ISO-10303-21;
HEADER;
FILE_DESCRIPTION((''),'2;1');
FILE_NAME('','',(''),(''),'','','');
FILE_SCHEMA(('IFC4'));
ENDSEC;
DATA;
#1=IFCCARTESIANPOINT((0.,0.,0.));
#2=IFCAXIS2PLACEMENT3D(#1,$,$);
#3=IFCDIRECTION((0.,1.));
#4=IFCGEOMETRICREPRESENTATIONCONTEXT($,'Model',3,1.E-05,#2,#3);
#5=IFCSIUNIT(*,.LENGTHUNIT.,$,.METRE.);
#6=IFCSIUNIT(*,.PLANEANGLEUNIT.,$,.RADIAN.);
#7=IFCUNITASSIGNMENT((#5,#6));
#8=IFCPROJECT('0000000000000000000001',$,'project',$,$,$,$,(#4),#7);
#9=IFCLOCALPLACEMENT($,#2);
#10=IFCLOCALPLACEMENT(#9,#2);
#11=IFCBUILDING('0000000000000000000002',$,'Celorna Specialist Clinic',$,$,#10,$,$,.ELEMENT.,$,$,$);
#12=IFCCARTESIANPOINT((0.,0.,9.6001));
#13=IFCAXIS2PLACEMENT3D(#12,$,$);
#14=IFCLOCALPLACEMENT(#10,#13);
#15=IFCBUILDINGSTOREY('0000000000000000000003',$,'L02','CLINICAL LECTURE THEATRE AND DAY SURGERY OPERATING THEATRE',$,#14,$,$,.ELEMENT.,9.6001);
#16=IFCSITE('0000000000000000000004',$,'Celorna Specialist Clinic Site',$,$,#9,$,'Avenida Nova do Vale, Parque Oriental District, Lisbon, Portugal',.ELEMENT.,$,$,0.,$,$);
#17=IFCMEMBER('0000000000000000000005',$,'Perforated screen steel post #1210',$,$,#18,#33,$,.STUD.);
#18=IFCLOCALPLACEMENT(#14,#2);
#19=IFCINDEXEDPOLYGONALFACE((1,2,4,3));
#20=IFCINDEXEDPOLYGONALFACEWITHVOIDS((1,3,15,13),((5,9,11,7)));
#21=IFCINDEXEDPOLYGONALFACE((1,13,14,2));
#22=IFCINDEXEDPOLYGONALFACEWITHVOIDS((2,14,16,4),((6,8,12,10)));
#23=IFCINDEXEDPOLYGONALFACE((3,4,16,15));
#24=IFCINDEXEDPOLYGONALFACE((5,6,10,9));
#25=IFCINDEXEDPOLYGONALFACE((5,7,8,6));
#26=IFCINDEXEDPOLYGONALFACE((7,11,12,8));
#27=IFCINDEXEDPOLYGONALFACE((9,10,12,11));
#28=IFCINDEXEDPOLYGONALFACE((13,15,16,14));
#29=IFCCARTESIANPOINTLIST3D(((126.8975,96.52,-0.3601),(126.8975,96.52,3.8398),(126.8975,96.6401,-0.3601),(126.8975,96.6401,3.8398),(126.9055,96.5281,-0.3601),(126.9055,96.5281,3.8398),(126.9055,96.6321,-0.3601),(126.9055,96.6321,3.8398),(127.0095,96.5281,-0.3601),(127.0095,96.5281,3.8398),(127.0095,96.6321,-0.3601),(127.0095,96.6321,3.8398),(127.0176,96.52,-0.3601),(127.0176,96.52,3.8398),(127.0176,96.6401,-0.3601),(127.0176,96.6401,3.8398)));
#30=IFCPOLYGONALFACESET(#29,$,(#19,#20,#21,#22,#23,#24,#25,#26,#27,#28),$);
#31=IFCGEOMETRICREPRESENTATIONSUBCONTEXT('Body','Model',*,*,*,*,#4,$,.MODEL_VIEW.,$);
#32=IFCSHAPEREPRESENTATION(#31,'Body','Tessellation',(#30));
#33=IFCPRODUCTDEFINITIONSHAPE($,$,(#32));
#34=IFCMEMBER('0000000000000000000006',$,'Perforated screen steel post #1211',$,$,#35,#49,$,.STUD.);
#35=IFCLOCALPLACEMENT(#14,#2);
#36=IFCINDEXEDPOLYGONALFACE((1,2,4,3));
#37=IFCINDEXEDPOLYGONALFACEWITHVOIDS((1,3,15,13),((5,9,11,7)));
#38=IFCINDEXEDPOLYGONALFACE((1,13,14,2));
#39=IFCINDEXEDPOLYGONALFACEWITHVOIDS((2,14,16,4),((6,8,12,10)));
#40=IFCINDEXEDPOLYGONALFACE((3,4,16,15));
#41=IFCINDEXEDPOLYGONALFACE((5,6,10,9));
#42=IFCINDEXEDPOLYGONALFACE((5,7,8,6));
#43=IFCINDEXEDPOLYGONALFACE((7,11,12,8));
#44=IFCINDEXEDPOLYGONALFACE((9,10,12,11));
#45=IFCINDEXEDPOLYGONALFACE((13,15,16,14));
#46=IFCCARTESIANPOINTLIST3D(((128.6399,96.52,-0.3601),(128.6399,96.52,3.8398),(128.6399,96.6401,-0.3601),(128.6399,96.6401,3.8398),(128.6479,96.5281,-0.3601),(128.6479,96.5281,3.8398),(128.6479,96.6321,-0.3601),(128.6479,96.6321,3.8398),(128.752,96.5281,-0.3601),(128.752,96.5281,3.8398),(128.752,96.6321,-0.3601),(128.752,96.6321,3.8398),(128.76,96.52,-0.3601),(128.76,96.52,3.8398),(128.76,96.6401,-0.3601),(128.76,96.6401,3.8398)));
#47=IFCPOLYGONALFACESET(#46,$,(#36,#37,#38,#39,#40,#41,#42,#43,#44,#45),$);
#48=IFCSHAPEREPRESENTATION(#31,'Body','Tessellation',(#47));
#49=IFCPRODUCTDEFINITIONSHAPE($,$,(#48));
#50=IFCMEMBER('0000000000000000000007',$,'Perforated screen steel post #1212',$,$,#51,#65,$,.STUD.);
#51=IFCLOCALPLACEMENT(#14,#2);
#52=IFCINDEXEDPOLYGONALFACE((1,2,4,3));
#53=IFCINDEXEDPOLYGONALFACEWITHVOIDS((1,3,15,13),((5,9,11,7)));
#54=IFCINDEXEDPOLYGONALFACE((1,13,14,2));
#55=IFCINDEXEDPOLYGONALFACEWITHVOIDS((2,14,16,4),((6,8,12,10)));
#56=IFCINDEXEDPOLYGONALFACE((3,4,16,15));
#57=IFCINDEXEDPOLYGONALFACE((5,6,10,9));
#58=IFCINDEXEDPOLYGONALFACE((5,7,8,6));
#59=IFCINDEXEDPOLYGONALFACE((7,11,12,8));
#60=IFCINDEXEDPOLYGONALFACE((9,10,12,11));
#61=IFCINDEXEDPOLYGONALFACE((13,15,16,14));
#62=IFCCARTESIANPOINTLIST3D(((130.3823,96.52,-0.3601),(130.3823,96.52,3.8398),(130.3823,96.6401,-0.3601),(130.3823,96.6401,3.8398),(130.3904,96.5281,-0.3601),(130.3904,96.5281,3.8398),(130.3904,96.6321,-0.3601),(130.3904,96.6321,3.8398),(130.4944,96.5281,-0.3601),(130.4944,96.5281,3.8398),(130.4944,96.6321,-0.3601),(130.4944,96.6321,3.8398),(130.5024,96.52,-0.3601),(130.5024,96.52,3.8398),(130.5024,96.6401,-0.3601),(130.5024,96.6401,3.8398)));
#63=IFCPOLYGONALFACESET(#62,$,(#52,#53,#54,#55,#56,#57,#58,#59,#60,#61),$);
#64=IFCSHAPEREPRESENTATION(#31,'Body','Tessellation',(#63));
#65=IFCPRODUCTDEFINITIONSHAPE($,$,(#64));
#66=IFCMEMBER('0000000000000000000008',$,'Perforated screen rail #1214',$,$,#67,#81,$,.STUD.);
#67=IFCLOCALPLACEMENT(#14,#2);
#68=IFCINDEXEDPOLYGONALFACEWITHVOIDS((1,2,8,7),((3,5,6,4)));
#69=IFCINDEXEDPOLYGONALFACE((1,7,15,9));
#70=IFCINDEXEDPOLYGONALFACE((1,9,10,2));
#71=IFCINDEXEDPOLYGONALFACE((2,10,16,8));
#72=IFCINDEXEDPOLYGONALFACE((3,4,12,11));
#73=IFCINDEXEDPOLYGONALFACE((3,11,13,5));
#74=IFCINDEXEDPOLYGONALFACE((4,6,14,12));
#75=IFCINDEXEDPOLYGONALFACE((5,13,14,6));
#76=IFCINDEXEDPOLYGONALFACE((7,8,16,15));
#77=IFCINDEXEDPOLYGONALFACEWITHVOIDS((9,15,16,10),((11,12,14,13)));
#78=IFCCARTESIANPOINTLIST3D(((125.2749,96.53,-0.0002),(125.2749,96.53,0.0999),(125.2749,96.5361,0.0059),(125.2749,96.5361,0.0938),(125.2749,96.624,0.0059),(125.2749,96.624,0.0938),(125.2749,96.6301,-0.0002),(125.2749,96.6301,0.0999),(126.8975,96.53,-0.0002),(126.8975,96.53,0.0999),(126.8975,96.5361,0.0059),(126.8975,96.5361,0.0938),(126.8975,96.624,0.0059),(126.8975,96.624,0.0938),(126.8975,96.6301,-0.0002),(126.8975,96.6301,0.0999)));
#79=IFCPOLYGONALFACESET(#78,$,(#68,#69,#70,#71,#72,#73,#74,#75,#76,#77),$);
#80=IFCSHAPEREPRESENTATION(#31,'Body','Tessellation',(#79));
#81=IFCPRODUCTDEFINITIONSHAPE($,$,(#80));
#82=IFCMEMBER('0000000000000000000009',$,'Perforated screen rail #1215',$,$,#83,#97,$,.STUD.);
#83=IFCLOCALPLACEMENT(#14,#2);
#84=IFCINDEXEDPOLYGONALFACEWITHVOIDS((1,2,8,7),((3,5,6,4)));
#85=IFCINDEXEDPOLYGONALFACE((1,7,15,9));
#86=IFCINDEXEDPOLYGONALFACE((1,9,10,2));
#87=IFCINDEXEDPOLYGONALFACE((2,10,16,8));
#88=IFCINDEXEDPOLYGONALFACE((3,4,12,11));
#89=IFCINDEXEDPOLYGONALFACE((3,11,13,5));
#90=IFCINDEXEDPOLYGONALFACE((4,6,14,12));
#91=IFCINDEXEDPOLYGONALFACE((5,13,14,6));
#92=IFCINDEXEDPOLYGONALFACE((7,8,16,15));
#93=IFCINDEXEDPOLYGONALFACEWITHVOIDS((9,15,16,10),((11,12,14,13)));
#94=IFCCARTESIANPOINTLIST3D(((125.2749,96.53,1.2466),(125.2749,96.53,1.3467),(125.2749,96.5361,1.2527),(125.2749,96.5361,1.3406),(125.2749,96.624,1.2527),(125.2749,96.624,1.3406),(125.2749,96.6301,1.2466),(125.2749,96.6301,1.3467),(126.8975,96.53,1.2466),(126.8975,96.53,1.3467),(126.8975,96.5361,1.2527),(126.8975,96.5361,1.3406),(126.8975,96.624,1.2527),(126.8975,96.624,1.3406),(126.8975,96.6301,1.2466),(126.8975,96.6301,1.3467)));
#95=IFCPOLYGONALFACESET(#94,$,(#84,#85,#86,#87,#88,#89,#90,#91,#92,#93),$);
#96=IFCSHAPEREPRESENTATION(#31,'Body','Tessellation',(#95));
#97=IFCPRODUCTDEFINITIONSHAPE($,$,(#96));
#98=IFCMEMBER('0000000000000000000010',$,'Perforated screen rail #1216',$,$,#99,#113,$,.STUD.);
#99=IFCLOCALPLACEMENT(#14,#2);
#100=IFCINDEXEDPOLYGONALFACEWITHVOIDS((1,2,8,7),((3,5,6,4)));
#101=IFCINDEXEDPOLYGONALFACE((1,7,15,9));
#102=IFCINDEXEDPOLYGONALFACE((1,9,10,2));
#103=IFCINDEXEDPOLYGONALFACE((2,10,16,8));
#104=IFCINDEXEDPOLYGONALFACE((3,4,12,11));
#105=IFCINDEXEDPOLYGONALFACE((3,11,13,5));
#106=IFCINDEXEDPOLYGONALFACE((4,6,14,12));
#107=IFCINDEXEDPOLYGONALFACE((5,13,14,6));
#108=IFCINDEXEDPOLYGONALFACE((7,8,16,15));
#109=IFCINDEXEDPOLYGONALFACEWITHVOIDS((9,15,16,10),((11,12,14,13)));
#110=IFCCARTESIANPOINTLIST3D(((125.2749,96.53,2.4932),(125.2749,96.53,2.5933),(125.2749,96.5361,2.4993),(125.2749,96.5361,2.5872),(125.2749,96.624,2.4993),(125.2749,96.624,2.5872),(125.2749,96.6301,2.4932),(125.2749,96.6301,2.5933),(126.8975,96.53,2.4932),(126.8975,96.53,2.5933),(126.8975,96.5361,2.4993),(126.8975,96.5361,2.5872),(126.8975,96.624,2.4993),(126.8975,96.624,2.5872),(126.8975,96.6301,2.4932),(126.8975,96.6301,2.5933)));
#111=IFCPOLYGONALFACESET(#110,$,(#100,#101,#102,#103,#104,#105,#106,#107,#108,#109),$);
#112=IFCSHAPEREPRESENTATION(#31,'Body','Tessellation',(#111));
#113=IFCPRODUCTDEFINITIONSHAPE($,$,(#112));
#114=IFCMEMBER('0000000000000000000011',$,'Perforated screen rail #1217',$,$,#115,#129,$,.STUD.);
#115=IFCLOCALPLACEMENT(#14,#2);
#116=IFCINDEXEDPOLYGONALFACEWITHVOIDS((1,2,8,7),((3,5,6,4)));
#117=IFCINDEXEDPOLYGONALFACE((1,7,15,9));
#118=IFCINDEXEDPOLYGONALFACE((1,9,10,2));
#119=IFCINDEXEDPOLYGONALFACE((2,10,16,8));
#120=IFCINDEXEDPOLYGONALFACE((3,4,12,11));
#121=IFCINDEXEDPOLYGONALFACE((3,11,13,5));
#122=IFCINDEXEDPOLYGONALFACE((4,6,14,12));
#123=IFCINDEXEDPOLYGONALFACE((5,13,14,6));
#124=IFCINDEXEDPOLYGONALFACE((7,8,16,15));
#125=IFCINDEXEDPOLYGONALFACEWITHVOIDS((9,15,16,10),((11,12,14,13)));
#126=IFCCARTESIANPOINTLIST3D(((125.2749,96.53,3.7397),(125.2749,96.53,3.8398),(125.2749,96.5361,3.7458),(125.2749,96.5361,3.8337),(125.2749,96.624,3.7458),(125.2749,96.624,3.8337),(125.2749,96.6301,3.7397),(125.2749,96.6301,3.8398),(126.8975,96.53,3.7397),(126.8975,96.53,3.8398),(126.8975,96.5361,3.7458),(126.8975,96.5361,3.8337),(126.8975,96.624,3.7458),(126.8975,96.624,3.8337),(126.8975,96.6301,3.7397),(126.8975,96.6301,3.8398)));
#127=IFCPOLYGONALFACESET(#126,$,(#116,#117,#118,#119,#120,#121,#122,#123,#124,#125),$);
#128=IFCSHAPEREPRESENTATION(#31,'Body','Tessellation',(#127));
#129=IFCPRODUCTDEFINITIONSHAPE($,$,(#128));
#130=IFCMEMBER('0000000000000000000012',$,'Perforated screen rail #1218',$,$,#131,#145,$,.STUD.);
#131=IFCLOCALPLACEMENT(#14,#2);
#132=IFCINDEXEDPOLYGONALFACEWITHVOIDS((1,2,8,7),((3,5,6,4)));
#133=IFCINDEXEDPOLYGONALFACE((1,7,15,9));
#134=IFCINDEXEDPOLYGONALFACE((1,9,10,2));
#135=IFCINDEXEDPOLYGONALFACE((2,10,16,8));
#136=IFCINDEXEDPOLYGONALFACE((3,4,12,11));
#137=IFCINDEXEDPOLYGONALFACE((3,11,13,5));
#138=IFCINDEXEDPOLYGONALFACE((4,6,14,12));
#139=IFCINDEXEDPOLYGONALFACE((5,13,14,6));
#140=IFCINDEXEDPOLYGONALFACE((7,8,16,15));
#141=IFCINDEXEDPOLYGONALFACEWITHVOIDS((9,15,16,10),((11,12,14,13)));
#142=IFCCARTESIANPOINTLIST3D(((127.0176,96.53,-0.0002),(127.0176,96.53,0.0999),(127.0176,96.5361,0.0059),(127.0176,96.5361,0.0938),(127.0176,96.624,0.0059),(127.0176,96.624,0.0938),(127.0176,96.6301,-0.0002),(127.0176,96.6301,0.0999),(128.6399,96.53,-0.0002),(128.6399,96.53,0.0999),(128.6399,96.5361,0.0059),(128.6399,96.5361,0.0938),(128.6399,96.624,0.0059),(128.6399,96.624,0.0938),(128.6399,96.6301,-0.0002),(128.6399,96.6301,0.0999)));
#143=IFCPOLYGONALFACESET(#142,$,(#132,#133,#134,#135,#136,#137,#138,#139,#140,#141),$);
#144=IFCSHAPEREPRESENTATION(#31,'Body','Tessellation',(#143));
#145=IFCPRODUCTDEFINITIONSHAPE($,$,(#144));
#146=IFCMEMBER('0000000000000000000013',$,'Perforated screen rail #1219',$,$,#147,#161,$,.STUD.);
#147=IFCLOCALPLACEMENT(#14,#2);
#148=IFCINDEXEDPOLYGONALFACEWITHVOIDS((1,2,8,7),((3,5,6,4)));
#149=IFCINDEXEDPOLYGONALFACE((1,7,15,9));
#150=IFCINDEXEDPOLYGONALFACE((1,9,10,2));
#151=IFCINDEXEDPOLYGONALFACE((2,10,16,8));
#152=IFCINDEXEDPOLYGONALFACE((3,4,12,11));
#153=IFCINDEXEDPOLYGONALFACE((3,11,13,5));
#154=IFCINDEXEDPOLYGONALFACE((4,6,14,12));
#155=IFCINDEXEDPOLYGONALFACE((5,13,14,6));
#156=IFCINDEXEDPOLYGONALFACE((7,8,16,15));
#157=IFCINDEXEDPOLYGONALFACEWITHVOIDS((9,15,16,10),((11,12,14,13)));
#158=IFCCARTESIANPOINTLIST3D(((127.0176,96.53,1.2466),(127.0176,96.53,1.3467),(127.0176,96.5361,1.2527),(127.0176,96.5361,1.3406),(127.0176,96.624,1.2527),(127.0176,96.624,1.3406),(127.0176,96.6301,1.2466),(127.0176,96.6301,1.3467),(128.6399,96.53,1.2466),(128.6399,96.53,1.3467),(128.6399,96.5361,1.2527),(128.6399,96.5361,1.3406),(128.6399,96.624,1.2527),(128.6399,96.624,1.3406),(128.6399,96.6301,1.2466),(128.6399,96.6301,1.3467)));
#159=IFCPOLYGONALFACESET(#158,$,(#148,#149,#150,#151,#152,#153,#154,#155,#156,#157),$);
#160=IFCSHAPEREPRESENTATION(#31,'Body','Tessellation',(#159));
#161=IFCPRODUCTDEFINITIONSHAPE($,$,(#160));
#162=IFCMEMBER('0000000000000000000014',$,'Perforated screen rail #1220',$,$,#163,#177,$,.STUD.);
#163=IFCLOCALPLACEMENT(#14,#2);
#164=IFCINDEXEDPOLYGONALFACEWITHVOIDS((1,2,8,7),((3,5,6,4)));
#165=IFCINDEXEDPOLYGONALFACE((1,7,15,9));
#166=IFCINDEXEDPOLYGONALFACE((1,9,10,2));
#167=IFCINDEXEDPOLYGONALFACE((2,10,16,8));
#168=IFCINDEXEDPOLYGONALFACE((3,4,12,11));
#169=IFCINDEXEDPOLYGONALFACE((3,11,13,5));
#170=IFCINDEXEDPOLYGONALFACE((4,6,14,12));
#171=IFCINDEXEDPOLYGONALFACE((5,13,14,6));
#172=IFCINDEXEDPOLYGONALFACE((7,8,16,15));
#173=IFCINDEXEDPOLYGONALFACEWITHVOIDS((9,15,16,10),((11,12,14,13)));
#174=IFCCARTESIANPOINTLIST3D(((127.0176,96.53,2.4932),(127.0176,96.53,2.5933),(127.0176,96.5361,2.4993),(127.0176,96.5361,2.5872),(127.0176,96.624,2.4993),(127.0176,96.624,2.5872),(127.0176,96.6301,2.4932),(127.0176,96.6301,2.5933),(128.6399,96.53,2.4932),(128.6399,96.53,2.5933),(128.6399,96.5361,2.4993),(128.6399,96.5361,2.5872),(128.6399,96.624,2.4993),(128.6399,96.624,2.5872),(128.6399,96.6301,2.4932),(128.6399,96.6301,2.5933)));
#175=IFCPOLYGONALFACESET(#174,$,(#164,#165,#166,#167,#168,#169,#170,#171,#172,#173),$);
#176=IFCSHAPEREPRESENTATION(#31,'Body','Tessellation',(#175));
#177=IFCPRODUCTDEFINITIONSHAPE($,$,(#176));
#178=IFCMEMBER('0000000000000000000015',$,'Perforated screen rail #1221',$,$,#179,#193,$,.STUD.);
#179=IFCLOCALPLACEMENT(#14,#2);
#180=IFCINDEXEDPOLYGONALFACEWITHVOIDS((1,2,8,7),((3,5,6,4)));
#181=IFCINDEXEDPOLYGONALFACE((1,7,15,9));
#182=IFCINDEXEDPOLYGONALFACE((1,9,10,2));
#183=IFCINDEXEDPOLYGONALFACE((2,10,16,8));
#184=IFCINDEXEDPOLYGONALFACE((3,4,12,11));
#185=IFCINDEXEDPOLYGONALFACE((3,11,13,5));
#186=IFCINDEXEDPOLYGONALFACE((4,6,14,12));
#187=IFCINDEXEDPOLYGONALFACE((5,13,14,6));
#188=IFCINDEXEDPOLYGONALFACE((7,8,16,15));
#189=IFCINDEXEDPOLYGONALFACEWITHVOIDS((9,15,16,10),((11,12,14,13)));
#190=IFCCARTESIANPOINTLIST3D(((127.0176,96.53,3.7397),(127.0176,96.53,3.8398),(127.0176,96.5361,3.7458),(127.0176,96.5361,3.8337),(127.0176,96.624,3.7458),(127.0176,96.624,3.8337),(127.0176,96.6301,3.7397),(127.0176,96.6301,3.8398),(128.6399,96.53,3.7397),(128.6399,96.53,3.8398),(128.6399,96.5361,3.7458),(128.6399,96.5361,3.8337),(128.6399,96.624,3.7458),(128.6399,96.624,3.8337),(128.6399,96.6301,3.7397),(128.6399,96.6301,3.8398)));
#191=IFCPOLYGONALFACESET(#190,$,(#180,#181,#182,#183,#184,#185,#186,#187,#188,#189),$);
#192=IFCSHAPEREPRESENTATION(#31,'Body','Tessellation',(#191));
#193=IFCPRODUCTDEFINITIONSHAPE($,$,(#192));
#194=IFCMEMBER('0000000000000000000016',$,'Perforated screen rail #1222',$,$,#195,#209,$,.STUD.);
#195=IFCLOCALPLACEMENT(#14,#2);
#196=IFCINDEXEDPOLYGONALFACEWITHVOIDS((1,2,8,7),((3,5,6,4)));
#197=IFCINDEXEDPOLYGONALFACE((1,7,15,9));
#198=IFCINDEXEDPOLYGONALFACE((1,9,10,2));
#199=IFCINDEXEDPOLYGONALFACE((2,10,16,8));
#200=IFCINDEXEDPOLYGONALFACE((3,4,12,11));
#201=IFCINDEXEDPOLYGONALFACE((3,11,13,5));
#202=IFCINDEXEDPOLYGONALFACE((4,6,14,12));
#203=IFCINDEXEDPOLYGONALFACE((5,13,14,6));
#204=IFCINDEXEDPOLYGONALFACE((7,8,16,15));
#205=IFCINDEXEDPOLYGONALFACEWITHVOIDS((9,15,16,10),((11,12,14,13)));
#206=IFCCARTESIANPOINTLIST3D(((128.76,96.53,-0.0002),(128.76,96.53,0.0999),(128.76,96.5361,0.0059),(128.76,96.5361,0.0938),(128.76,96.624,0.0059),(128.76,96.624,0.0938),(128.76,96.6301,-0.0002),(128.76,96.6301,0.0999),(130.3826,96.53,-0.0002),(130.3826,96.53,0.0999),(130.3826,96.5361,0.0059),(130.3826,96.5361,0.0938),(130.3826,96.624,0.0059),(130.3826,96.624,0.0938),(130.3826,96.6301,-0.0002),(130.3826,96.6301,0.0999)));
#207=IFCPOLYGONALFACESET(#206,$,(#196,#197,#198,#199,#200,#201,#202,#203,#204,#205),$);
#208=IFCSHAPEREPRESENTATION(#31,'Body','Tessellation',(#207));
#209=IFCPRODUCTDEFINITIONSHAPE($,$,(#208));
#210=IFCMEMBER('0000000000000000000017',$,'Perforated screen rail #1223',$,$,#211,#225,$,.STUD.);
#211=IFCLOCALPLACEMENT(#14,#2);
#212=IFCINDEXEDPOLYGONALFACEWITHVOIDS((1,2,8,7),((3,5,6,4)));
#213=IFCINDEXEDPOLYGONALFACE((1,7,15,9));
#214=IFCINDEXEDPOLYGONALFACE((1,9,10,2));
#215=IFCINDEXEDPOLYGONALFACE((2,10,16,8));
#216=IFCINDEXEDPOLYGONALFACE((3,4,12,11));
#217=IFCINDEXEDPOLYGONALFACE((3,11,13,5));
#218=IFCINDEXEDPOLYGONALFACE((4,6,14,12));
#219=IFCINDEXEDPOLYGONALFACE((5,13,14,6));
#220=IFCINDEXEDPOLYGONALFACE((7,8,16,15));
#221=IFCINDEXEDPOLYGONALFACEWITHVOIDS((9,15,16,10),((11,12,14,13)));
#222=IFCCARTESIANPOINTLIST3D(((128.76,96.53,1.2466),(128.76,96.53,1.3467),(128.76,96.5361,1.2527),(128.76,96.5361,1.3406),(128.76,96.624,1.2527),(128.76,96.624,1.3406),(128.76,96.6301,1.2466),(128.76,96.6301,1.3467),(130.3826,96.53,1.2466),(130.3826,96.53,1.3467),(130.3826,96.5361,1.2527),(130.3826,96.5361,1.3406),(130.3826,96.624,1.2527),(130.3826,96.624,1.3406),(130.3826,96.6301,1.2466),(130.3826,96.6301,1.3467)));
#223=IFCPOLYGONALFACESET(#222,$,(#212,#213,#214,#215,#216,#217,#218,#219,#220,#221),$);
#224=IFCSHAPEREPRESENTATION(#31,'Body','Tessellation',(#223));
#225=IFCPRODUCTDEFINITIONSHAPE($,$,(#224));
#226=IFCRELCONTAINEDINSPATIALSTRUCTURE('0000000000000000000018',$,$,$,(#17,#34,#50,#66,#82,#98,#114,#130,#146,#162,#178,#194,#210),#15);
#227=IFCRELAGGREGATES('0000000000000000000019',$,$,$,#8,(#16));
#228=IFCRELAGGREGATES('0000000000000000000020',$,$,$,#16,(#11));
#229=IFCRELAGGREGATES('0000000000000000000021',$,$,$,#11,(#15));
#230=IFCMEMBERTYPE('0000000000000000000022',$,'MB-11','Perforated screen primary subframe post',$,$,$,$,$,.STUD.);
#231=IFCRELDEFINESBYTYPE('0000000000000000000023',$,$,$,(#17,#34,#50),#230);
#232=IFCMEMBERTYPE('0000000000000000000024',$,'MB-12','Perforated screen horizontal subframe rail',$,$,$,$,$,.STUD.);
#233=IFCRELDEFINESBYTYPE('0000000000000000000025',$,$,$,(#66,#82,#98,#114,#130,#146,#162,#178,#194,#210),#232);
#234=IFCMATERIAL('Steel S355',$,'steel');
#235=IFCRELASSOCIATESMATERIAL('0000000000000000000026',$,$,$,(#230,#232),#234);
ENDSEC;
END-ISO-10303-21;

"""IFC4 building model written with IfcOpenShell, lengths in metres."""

from ifc_helpers import new_model, si_unit, direction, frame, origin, origin_2d, place, context, subcontext, project, spatial, hollow_rectangle, extrude, material, material_profile, profile_set, type_object, element, save


model = new_model("IFC4")

# Units and contexts
model_context = context("Model", 3, precision=1e-05, world=origin(), true_north=direction((0.0, 1.0)))
body_context = subcontext(model_context, "Body", "Model", "MODEL_VIEW")
ifc_project = project(units=[si_unit("LENGTHUNIT", "METRE"), si_unit("PLANEANGLEUNIT", "RADIAN")], contexts=[model_context])

# Site, building, storey
site_placement = place(None, origin())
site = spatial("IfcSite", under=ifc_project, at=site_placement, Name="Celorna Specialist Clinic Site", LongName="Avenida Nova do Vale, Parque Oriental District, Lisbon, Portugal", CompositionType="ELEMENT", RefElevation=0.0)
building_placement = place(site_placement, origin())
building = spatial("IfcBuilding", under=site, at=building_placement, Name="Celorna Specialist Clinic", CompositionType="ELEMENT")
storey_placement = place(building_placement, frame((0.0, 0.0, 9.6001)))
storey = spatial("IfcBuildingStorey", under=building, at=storey_placement, Name="L02", Description="CLINICAL LECTURE THEATRE AND DAY SURGERY OPERATING THEATRE", CompositionType="ELEMENT", Elevation=9.6001)

# Members
ifc_material_1 = material(Name="Steel S355", Category="steel")
ifc_material_profile_1 = material_profile(ifc_material_1, hollow_rectangle(XDim=0.1201, YDim=0.1201, WallThickness=0.0081, at=origin_2d()), Name="SHS 120x120x8")
ifc_profile_set_1 = profile_set([ifc_material_profile_1], Name="Steel S355")
member_type_1 = type_object("IfcMemberType", Name="MB-11", Description="Perforated screen primary subframe post", PredefinedType="STUD", material=ifc_profile_set_1)
for number, where, z_axis, x_axis, name in (
    (1, (126.9575, 96.5801, -0.3601), (0.0, 0.0, 1.0), (1.0, 0.0, 0.0), "Perforated screen steel post #1210"),
    (2, (128.7, 96.5801, -0.3601), (0.0, 0.0, 1.0), (1.0, 0.0, 0.0), "Perforated screen steel post #1211"),
    (3, (130.4424, 96.5801, -0.3601), (0.0, 0.0, 1.0), (1.0, 0.0, 0.0), "Perforated screen steel post #1212"),
):
    element("IfcMember", number, at=place(storey_placement, frame(where, z_axis=z_axis, x_axis=x_axis)), inside=storey, type_object=member_type_1, Name=name, PredefinedType="STUD", context=body_context, shape_type="SweptSolid", body=[
        extrude(hollow_rectangle(XDim=0.1201, YDim=0.1201, WallThickness=0.0081, at=origin_2d()), origin(), (0.0, 0.0, 1.0), 4.2),
    ])
ifc_material_profile_2 = material_profile(ifc_material_1, hollow_rectangle(XDim=0.1001, YDim=0.1001, WallThickness=0.0061, at=origin_2d()), Name="SHS 100x100x6")
ifc_profile_set_2 = profile_set([ifc_material_profile_2], Name="Steel S355")
member_type_2 = type_object("IfcMemberType", Name="MB-12", Description="Perforated screen horizontal subframe rail", PredefinedType="STUD", material=ifc_profile_set_2)
for number, where, z_axis, x_axis, name in (
    (4, (125.2749, 96.5801, 0.0498), (1.0, 0.0, 0.0), (0.0, 1.0, 0.0), "Perforated screen rail #1214"),
    (5, (125.2749, 96.5801, 1.2966), (1.0, 0.0, 0.0), (0.0, 1.0, 0.0), "Perforated screen rail #1215"),
    (6, (125.2749, 96.5801, 2.5432), (1.0, 0.0, 0.0), (0.0, 1.0, 0.0), "Perforated screen rail #1216"),
    (7, (125.2749, 96.5801, 3.7898), (1.0, 0.0, 0.0), (0.0, 1.0, 0.0), "Perforated screen rail #1217"),
):
    element("IfcMember", number, at=place(storey_placement, frame(where, z_axis=z_axis, x_axis=x_axis)), inside=storey, type_object=member_type_2, Name=name, PredefinedType="STUD", context=body_context, shape_type="SweptSolid", body=[
        extrude(hollow_rectangle(XDim=0.1001, YDim=0.1001, WallThickness=0.0061, at=origin_2d()), origin(), (0.0, 0.0, 1.0), 1.6226),
    ])
for number, where, z_axis, x_axis, name in (
    (8, (127.0176, 96.5801, 0.0498), (1.0, 0.0, 0.0), (0.0, 1.0, 0.0), "Perforated screen rail #1218"),
    (9, (127.0176, 96.5801, 1.2966), (1.0, 0.0, 0.0), (0.0, 1.0, 0.0), "Perforated screen rail #1219"),
    (10, (127.0176, 96.5801, 2.5432), (1.0, 0.0, 0.0), (0.0, 1.0, 0.0), "Perforated screen rail #1220"),
    (11, (127.0176, 96.5801, 3.7898), (1.0, 0.0, 0.0), (0.0, 1.0, 0.0), "Perforated screen rail #1221"),
):
    element("IfcMember", number, at=place(storey_placement, frame(where, z_axis=z_axis, x_axis=x_axis)), inside=storey, type_object=member_type_2, Name=name, PredefinedType="STUD", context=body_context, shape_type="SweptSolid", body=[
        extrude(hollow_rectangle(XDim=0.1001, YDim=0.1001, WallThickness=0.0061, at=origin_2d()), origin(), (0.0, 0.0, 1.0), 1.6223),
    ])
for number, where, z_axis, x_axis, name in (
    (12, (128.76, 96.5801, 0.0498), (1.0, 0.0, 0.0), (0.0, 1.0, 0.0), "Perforated screen rail #1222"),
    (13, (128.76, 96.5801, 1.2966), (1.0, 0.0, 0.0), (0.0, 1.0, 0.0), "Perforated screen rail #1223"),
):
    element("IfcMember", number, at=place(storey_placement, frame(where, z_axis=z_axis, x_axis=x_axis)), inside=storey, type_object=member_type_2, Name=name, PredefinedType="STUD", context=body_context, shape_type="SweptSolid", body=[
        extrude(hollow_rectangle(XDim=0.1001, YDim=0.1001, WallThickness=0.0061, at=origin_2d()), origin(), (0.0, 0.0, 1.0), 1.6226),
    ])

save(model, "model.ifc")
